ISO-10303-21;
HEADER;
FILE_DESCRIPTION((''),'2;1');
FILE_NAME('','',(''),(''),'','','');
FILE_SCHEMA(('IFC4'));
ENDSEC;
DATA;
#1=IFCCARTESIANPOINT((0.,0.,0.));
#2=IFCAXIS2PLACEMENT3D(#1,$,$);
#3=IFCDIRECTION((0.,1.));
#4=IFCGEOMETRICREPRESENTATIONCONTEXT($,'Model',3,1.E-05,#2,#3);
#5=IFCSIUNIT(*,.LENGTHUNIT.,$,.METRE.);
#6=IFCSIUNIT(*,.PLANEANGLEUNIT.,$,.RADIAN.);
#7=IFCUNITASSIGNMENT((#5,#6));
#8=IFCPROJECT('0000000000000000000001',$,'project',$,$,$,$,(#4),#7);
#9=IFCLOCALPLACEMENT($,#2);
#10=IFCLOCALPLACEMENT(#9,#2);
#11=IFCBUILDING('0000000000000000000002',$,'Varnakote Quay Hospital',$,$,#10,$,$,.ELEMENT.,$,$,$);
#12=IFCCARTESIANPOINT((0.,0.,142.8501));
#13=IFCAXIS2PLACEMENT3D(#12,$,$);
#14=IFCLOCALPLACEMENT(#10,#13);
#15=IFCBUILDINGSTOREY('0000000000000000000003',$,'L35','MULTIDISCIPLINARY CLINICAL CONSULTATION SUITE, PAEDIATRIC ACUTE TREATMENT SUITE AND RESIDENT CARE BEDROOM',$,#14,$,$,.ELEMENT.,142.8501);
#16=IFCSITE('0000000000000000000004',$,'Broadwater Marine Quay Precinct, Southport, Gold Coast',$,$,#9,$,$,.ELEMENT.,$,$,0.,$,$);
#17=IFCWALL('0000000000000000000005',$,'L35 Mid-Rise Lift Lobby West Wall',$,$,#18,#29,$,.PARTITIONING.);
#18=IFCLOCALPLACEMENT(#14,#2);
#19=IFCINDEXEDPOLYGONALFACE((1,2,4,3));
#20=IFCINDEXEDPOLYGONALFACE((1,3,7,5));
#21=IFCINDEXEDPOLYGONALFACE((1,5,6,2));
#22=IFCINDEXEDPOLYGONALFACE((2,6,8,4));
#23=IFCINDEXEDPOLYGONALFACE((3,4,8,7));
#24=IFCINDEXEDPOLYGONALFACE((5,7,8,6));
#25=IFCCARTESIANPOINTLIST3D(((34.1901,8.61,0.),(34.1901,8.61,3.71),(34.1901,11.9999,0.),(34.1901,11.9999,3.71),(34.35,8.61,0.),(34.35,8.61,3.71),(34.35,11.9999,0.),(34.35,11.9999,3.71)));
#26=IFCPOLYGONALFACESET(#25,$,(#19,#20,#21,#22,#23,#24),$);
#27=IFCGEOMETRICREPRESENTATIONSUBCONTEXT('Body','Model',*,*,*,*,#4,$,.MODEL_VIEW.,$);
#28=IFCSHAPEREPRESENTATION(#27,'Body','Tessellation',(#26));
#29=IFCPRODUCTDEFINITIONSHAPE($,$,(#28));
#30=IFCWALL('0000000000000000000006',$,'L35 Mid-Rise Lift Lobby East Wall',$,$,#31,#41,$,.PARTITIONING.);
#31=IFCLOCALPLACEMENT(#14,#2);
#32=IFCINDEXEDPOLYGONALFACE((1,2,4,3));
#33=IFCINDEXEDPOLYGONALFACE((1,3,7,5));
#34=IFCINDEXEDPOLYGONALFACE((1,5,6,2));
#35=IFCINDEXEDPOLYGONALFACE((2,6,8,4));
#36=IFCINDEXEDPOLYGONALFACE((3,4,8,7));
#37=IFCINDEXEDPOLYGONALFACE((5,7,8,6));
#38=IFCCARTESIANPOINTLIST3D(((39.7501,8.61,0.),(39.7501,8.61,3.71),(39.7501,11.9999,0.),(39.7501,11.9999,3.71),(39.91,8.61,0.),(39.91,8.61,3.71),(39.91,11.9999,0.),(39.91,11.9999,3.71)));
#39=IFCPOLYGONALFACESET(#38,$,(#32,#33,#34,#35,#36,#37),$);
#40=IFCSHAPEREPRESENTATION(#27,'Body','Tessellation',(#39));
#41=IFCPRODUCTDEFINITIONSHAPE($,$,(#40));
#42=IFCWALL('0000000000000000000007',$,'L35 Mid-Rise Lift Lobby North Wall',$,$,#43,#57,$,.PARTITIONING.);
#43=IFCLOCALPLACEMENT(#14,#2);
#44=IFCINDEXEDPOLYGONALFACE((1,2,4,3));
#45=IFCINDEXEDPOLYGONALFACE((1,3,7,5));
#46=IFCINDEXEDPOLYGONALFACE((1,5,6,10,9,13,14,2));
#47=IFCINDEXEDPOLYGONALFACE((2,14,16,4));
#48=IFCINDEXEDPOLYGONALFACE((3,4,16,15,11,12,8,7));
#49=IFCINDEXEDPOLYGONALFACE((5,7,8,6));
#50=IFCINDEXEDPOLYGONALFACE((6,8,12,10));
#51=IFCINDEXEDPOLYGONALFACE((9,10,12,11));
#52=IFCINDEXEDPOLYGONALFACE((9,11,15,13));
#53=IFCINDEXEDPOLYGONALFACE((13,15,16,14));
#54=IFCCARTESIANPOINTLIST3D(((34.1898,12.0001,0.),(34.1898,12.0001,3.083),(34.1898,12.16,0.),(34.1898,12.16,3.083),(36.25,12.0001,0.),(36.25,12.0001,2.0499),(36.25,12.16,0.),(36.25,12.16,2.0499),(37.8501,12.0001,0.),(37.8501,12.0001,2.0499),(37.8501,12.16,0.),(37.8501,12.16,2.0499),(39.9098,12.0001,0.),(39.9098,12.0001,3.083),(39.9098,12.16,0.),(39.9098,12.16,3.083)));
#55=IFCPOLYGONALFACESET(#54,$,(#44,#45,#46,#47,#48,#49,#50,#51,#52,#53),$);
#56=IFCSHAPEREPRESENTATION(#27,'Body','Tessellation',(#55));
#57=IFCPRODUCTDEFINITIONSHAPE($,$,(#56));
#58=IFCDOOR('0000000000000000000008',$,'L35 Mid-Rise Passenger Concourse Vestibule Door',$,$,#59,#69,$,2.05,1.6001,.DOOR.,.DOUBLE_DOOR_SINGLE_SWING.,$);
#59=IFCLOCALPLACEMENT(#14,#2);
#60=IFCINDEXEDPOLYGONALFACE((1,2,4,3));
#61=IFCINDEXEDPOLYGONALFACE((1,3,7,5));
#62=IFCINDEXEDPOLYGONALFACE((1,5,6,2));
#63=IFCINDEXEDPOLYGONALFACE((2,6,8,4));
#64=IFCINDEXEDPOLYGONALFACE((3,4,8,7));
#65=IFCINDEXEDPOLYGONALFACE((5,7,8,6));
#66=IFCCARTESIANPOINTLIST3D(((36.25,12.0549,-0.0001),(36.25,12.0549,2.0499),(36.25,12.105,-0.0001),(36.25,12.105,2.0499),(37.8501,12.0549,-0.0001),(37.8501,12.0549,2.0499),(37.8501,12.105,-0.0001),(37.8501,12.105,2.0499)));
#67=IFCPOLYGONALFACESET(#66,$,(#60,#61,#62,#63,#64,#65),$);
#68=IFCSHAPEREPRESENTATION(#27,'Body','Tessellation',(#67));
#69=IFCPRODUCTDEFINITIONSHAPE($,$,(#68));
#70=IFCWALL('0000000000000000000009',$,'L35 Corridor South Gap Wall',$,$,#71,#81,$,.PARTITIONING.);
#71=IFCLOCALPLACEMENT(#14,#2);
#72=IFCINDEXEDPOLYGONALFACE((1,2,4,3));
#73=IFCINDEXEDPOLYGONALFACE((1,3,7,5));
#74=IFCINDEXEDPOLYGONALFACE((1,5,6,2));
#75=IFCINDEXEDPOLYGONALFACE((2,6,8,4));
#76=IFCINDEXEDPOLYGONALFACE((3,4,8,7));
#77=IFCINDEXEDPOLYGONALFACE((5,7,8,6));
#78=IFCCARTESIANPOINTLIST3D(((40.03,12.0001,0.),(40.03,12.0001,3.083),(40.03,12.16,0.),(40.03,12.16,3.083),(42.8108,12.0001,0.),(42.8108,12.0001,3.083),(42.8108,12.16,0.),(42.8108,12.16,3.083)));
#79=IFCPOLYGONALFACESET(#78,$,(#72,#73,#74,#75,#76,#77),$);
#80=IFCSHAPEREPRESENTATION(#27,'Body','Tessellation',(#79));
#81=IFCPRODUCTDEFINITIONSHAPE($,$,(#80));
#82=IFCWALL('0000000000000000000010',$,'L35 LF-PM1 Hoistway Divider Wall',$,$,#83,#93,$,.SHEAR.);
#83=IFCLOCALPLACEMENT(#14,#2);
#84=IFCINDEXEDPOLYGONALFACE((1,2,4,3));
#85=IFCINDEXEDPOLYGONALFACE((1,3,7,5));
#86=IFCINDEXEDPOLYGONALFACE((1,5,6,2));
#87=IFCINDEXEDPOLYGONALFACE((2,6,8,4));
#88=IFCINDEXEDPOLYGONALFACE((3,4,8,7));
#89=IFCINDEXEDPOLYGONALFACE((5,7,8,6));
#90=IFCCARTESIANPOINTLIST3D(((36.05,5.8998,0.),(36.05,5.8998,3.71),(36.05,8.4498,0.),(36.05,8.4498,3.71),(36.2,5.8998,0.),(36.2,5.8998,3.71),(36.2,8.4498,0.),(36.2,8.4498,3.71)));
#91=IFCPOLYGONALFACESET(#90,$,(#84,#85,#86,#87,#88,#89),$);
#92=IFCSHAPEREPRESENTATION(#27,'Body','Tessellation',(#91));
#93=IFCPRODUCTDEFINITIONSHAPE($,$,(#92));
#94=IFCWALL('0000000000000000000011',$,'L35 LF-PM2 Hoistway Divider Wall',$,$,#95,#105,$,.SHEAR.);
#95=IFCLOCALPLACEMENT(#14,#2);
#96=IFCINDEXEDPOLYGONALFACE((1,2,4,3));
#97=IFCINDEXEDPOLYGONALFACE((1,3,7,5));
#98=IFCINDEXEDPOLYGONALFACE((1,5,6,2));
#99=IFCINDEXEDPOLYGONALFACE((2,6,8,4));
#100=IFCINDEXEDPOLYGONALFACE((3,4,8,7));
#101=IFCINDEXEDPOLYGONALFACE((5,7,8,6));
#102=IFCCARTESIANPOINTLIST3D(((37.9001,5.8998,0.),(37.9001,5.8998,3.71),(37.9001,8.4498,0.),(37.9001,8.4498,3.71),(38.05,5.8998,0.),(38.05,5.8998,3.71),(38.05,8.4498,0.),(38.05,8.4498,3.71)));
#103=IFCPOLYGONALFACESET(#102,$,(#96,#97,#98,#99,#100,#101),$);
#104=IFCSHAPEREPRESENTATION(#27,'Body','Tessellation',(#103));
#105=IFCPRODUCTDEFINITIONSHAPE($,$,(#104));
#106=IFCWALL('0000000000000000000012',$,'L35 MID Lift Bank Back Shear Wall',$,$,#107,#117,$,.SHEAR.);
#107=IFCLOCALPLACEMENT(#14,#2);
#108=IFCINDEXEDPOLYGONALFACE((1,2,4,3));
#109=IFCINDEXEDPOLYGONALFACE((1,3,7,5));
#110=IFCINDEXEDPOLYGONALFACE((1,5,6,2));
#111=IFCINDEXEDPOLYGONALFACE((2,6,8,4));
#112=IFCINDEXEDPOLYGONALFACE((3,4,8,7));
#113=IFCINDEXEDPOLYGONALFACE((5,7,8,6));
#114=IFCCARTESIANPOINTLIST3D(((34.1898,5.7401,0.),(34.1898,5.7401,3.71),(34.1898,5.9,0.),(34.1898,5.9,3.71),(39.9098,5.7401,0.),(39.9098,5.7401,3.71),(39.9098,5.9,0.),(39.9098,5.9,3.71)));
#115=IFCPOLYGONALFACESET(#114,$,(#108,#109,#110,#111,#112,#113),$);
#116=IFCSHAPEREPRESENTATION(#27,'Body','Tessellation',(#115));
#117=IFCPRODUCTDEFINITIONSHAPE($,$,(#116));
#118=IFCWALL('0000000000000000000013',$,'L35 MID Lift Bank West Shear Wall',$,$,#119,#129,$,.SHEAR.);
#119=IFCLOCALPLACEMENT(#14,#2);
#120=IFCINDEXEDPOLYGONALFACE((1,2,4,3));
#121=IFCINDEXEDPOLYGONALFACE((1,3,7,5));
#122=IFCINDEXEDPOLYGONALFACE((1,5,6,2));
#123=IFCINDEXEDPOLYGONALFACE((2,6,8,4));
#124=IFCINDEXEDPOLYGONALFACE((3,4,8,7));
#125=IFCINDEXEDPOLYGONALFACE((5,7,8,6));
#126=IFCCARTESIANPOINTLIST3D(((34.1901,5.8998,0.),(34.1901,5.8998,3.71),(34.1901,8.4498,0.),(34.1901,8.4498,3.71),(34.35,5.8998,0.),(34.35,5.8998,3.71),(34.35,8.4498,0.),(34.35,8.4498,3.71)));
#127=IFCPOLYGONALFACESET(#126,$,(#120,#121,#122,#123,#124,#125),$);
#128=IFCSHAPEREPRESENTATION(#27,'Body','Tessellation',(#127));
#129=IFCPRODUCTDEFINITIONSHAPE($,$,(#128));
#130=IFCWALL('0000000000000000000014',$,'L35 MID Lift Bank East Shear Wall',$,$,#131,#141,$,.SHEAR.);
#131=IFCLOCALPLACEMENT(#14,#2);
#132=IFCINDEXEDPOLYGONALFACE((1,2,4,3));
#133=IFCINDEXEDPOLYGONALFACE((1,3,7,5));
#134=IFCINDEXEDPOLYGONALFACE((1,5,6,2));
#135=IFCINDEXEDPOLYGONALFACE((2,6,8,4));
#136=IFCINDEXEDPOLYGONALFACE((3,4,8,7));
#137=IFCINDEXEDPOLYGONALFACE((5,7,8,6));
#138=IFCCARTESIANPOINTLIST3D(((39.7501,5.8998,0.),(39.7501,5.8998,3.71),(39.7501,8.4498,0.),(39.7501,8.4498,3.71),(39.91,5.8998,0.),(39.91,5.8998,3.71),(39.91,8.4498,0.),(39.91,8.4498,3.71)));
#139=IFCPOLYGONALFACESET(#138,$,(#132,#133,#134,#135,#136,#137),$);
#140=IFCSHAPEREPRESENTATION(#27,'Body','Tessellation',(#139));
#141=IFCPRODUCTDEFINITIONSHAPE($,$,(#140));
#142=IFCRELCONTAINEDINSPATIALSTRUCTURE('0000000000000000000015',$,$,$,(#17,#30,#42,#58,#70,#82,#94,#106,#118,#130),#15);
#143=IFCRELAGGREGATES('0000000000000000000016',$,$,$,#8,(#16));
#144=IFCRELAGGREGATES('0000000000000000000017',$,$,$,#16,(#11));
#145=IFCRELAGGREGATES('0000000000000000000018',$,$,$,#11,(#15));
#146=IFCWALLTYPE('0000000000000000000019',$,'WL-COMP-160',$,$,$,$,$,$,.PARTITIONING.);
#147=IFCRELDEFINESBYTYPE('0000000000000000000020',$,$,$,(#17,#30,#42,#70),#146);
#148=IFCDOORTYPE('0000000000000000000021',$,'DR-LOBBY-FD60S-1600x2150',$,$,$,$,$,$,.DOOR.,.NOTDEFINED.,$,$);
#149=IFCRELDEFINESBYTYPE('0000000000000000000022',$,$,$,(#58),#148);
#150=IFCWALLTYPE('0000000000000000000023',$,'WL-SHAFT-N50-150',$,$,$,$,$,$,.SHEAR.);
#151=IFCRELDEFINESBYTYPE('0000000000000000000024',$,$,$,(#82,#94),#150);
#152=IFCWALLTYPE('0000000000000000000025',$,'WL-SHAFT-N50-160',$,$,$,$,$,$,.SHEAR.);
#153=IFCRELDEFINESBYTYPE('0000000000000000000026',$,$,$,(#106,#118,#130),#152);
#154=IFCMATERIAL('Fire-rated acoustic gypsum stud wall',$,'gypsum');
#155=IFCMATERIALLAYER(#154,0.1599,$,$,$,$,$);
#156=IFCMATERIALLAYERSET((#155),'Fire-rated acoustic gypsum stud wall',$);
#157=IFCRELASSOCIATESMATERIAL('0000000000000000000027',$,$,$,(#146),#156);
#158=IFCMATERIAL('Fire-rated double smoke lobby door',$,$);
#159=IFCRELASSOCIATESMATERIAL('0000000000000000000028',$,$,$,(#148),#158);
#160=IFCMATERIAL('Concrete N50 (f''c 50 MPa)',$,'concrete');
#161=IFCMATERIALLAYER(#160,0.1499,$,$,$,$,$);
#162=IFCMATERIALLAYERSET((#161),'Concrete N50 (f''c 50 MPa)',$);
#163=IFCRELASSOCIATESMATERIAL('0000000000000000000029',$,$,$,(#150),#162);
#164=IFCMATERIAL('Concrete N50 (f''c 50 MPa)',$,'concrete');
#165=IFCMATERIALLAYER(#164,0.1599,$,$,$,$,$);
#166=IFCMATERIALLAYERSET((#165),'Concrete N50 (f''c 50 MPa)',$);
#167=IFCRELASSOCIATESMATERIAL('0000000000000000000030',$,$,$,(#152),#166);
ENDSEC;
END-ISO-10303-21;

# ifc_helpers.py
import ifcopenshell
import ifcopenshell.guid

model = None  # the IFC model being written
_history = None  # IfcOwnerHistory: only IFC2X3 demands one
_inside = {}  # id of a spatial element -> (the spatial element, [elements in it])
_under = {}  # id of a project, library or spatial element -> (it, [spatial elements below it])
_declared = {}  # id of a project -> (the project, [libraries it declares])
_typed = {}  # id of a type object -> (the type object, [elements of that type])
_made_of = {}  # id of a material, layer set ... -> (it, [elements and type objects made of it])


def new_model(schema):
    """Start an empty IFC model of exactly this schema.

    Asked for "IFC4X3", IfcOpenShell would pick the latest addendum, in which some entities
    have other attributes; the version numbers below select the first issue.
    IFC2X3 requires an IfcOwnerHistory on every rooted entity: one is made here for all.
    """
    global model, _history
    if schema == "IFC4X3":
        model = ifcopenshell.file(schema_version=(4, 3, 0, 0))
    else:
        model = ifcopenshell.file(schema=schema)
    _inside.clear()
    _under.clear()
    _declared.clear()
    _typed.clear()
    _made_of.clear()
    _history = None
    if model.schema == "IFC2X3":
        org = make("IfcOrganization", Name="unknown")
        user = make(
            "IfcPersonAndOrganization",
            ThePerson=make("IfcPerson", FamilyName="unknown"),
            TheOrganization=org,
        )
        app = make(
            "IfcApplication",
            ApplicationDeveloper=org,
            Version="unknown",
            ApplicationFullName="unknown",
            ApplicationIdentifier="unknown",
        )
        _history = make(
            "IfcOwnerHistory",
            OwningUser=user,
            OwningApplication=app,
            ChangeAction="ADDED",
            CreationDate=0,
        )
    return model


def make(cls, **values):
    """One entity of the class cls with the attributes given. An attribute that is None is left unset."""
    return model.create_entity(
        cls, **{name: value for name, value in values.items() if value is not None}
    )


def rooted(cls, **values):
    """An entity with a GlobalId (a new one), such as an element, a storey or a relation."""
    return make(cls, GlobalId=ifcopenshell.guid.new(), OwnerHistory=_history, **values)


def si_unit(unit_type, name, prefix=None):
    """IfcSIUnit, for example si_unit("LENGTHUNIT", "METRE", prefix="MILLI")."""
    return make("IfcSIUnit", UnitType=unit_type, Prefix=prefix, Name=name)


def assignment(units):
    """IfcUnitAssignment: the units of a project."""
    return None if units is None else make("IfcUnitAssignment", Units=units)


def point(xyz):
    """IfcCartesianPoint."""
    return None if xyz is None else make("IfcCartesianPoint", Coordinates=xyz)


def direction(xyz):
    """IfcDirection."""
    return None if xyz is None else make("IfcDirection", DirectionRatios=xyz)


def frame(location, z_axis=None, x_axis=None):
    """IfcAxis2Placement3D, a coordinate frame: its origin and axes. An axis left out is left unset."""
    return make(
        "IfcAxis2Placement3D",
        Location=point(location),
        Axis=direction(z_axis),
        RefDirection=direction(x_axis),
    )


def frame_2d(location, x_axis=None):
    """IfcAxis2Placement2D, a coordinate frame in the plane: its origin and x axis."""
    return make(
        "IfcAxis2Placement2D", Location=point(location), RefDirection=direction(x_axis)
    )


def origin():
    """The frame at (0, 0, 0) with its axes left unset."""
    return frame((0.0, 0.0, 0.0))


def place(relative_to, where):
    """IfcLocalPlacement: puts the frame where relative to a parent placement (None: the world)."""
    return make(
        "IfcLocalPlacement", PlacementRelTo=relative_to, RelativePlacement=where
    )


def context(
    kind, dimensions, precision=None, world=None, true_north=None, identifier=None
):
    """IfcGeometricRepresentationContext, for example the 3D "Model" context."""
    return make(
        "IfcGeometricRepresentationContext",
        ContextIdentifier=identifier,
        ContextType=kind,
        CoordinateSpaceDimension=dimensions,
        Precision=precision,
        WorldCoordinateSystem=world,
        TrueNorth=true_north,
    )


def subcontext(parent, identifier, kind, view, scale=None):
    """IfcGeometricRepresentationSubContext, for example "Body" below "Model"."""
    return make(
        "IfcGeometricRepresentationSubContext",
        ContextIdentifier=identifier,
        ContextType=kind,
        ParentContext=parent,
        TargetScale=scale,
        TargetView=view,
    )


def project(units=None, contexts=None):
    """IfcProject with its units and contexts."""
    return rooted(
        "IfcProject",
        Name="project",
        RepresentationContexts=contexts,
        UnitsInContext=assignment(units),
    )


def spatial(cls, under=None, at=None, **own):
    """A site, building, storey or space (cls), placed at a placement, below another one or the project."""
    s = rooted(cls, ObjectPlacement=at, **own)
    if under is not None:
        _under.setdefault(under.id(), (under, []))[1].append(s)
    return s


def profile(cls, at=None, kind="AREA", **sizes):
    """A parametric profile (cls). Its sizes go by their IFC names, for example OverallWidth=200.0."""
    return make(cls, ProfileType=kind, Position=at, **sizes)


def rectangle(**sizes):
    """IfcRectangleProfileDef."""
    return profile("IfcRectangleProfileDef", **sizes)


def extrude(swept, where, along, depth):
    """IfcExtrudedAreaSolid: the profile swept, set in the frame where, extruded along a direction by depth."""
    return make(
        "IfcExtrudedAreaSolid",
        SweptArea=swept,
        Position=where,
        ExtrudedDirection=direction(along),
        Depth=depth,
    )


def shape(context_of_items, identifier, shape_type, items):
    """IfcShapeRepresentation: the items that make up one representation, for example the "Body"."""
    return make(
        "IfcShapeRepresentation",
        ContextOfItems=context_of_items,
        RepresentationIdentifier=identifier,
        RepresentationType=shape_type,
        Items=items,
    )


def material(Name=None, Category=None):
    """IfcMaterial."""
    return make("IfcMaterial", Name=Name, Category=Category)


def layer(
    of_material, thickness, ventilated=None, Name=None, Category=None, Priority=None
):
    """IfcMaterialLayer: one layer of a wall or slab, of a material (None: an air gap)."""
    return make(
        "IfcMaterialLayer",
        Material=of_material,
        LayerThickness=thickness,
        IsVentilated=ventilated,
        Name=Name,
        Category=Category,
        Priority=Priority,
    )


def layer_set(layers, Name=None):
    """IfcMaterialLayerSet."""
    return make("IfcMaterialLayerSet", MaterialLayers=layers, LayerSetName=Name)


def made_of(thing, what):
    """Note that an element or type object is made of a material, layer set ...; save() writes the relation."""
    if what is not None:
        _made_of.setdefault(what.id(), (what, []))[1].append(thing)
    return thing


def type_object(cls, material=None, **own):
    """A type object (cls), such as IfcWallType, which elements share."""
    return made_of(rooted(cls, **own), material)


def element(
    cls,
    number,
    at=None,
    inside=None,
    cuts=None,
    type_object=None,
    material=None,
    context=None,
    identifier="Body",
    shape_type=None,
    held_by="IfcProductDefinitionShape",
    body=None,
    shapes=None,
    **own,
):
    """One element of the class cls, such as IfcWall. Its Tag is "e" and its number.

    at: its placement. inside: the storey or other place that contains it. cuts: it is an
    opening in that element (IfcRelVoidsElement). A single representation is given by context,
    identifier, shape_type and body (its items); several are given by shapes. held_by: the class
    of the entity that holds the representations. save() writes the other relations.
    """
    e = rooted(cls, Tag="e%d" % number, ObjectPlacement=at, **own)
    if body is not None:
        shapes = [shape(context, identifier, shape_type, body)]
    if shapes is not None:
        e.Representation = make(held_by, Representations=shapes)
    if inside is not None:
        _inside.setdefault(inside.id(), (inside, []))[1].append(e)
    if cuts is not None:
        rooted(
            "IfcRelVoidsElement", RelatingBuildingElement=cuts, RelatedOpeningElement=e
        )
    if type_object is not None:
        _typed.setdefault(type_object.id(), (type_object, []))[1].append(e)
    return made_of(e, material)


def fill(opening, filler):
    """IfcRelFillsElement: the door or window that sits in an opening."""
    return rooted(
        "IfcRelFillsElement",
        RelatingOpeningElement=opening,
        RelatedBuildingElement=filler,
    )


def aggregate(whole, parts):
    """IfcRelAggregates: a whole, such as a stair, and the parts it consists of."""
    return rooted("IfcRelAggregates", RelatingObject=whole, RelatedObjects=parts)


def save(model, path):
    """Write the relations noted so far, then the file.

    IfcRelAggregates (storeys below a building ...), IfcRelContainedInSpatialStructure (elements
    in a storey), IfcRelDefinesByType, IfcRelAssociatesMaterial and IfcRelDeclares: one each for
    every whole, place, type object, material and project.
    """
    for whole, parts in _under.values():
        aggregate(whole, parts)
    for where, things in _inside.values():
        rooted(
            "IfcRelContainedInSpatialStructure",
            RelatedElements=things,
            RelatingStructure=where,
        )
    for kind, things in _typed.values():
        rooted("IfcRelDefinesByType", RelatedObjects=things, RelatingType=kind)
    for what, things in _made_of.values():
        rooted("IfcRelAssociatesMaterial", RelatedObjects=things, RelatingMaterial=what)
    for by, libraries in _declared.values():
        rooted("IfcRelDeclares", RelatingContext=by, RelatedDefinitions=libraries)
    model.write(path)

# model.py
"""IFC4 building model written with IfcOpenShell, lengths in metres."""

from ifc_helpers import new_model, si_unit, direction, frame, frame_2d, origin, place, context, subcontext, project, spatial, rectangle, extrude, material, layer, layer_set, type_object, element, fill, save


model = new_model("IFC4")

# Units and contexts
model_context = context("Model", 3, precision=1e-05, world=origin(), true_north=direction((0.0, 1.0)))
body_context = subcontext(model_context, "Body", "Model", "MODEL_VIEW")
ifc_project = project(units=[si_unit("LENGTHUNIT", "METRE"), si_unit("PLANEANGLEUNIT", "RADIAN")], contexts=[model_context])

# Site, building, storey
site_placement = place(None, origin())
site = spatial("IfcSite", under=ifc_project, at=site_placement, Name="Broadwater Marine Quay Precinct, Southport, Gold Coast", CompositionType="ELEMENT", RefElevation=0.0)
building_placement = place(site_placement, origin())
building = spatial("IfcBuilding", under=site, at=building_placement, Name="Varnakote Quay Hospital", CompositionType="ELEMENT")
storey_placement = place(building_placement, frame((0.0, 0.0, 142.8501)))
storey = spatial("IfcBuildingStorey", under=building, at=storey_placement, Name="L35", Description="MULTIDISCIPLINARY CLINICAL CONSULTATION SUITE, PAEDIATRIC ACUTE TREATMENT SUITE AND RESIDENT CARE BEDROOM", CompositionType="ELEMENT", Elevation=142.8501)

# Walls
ifc_material_1 = material(Name="Fire-rated acoustic gypsum stud wall", Category="gypsum")
ifc_layer_1 = layer(ifc_material_1, 0.1599)
ifc_layer_set_1 = layer_set([ifc_layer_1], Name="Fire-rated acoustic gypsum stud wall")
wall_type_1 = type_object("IfcWallType", Name="WL-COMP-160", PredefinedType="PARTITIONING", material=ifc_layer_set_1)
for number, where, z_axis, x_axis, name in (
    (1, (34.27, 8.6101, 0.0), (0.0, 0.0, 1.0), (0.0, 1.0, 0.0), "L35 Mid-Rise Lift Lobby West Wall"),
    (2, (39.8301, 8.6101, 0.0), (0.0, 0.0, 1.0), (0.0, 1.0, 0.0), "L35 Mid-Rise Lift Lobby East Wall"),
):
    element("IfcWall", number, at=place(storey_placement, frame(where, z_axis=z_axis, x_axis=x_axis)), inside=storey, type_object=wall_type_1, Name=name, PredefinedType="PARTITIONING", context=body_context, shape_type="SweptSolid", body=[
        extrude(rectangle(XDim=3.3899, YDim=0.1599, at=frame_2d((1.6948, 0.0))), origin(), (0.0, 0.0, 1.0), 3.71),
    ])

# Wall, opening, door
wall_1_placement = place(storey_placement, frame((34.1899, 12.0801, 0.0), z_axis=(0.0, 0.0, 1.0), x_axis=(1.0, 0.0, 0.0)))
wall_1 = element("IfcWall", 3, at=wall_1_placement, inside=storey, type_object=wall_type_1, Name="L35 Mid-Rise Lift Lobby North Wall", PredefinedType="PARTITIONING", context=body_context, shape_type="SweptSolid", body=[
    extrude(rectangle(XDim=5.72, YDim=0.1599, at=frame_2d((2.8599, 0.0))), origin(), (0.0, 0.0, 1.0), 3.083),
])
opening_1_placement = place(wall_1_placement, frame((2.0601, 0.0, 0.0)))
opening_1 = element("IfcOpeningElement", 4, at=opening_1_placement, cuts=wall_1, PredefinedType="OPENING", context=body_context, shape_type="SweptSolid", body=[
    extrude(rectangle(XDim=1.6001, YDim=2.05, at=frame_2d((0.8, 1.0249))), frame((0.0, 0.0898, 0.0), z_axis=(0.0, -1.0, 0.0), x_axis=(1.0, 0.0, 0.0)), (0.0, 0.0, 1.0), 0.1799),
])
ifc_material_2 = material(Name="Fire-rated double smoke lobby door")
door_type_1 = type_object("IfcDoorType", Name="DR-LOBBY-FD60S-1600x2150", OperationType="NOTDEFINED", PredefinedType="DOOR", material=ifc_material_2)
door_1_placement = place(opening_1_placement, origin())
door_1 = element("IfcDoor", 5, at=door_1_placement, inside=storey, type_object=door_type_1, Name="L35 Mid-Rise Passenger Concourse Vestibule Door", OperationType="DOUBLE_DOOR_SINGLE_SWING", OverallHeight=2.05, OverallWidth=1.6001, PredefinedType="DOOR", context=body_context, shape_type="SweptSolid", body=[
    extrude(rectangle(XDim=1.6001, YDim=2.05, at=frame_2d((0.8, 1.0249))), frame((0.0, 0.0249, 0.0), z_axis=(0.0, -1.0, 0.0), x_axis=(1.0, 0.0, 0.0)), (0.0, 0.0, 1.0), 0.05),
])
fill(opening_1, door_1)

# Walls
wall_2_placement = place(storey_placement, frame((40.03, 12.0801, 0.0), z_axis=(0.0, 0.0, 1.0), x_axis=(1.0, 0.0, 0.0)))
element("IfcWall", 6, at=wall_2_placement, inside=storey, type_object=wall_type_1, Name="L35 Corridor South Gap Wall", PredefinedType="PARTITIONING", context=body_context, shape_type="SweptSolid", body=[
    extrude(rectangle(XDim=2.7808, YDim=0.1599, at=frame_2d((1.3904, 0.0))), origin(), (0.0, 0.0, 1.0), 3.083),
])
ifc_material_3 = material(Name="Concrete N50 (f'c 50 MPa)", Category="concrete")
ifc_layer_2 = layer(ifc_material_3, 0.1499)
ifc_layer_set_2 = layer_set([ifc_layer_2], Name="Concrete N50 (f'c 50 MPa)")
wall_type_2 = type_object("IfcWallType", Name="WL-SHAFT-N50-150", PredefinedType="SHEAR", material=ifc_layer_set_2)
for number, where, z_axis, x_axis, name in (
    (7, (36.125, 5.8999, 0.0), (0.0, 0.0, 1.0), (0.0, 1.0, 0.0), "L35 LF-PM1 Hoistway Divider Wall"),
    (8, (37.9751, 5.8999, 0.0), (0.0, 0.0, 1.0), (0.0, 1.0, 0.0), "L35 LF-PM2 Hoistway Divider Wall"),
):
    element("IfcWall", number, at=place(storey_placement, frame(where, z_axis=z_axis, x_axis=x_axis)), inside=storey, type_object=wall_type_2, Name=name, PredefinedType="SHEAR", context=body_context, shape_type="SweptSolid", body=[
        extrude(rectangle(XDim=2.55, YDim=0.1499, at=frame_2d((1.2749, 0.0))), origin(), (0.0, 0.0, 1.0), 3.71),
    ])
ifc_material_4 = material(Name="Concrete N50 (f'c 50 MPa)", Category="concrete")
ifc_layer_3 = layer(ifc_material_4, 0.1599)
ifc_layer_set_3 = layer_set([ifc_layer_3], Name="Concrete N50 (f'c 50 MPa)")
wall_type_3 = type_object("IfcWallType", Name="WL-SHAFT-N50-160", PredefinedType="SHEAR", material=ifc_layer_set_3)
wall_3_placement = place(storey_placement, frame((34.1899, 5.8201, 0.0), z_axis=(0.0, 0.0, 1.0), x_axis=(1.0, 0.0, 0.0)))
element("IfcWall", 9, at=wall_3_placement, inside=storey, type_object=wall_type_3, Name="L35 MID Lift Bank Back Shear Wall", PredefinedType="SHEAR", context=body_context, shape_type="SweptSolid", body=[
    extrude(rectangle(XDim=5.72, YDim=0.1599, at=frame_2d((2.8599, 0.0))), origin(), (0.0, 0.0, 1.0), 3.71),
])
for number, where, z_axis, x_axis, name in (
    (10, (34.27, 5.8999, 0.0), (0.0, 0.0, 1.0), (0.0, 1.0, 0.0), "L35 MID Lift Bank West Shear Wall"),
    (11, (39.8301, 5.8999, 0.0), (0.0, 0.0, 1.0), (0.0, 1.0, 0.0), "L35 MID Lift Bank East Shear Wall"),
):
    element("IfcWall", number, at=place(storey_placement, frame(where, z_axis=z_axis, x_axis=x_axis)), inside=storey, type_object=wall_type_3, Name=name, PredefinedType="SHEAR", context=body_context, shape_type="SweptSolid", body=[
        extrude(rectangle(XDim=2.55, YDim=0.1599, at=frame_2d((1.2749, 0.0))), origin(), (0.0, 0.0, 1.0), 3.71),
    ])

save(model, "model.ifc")
